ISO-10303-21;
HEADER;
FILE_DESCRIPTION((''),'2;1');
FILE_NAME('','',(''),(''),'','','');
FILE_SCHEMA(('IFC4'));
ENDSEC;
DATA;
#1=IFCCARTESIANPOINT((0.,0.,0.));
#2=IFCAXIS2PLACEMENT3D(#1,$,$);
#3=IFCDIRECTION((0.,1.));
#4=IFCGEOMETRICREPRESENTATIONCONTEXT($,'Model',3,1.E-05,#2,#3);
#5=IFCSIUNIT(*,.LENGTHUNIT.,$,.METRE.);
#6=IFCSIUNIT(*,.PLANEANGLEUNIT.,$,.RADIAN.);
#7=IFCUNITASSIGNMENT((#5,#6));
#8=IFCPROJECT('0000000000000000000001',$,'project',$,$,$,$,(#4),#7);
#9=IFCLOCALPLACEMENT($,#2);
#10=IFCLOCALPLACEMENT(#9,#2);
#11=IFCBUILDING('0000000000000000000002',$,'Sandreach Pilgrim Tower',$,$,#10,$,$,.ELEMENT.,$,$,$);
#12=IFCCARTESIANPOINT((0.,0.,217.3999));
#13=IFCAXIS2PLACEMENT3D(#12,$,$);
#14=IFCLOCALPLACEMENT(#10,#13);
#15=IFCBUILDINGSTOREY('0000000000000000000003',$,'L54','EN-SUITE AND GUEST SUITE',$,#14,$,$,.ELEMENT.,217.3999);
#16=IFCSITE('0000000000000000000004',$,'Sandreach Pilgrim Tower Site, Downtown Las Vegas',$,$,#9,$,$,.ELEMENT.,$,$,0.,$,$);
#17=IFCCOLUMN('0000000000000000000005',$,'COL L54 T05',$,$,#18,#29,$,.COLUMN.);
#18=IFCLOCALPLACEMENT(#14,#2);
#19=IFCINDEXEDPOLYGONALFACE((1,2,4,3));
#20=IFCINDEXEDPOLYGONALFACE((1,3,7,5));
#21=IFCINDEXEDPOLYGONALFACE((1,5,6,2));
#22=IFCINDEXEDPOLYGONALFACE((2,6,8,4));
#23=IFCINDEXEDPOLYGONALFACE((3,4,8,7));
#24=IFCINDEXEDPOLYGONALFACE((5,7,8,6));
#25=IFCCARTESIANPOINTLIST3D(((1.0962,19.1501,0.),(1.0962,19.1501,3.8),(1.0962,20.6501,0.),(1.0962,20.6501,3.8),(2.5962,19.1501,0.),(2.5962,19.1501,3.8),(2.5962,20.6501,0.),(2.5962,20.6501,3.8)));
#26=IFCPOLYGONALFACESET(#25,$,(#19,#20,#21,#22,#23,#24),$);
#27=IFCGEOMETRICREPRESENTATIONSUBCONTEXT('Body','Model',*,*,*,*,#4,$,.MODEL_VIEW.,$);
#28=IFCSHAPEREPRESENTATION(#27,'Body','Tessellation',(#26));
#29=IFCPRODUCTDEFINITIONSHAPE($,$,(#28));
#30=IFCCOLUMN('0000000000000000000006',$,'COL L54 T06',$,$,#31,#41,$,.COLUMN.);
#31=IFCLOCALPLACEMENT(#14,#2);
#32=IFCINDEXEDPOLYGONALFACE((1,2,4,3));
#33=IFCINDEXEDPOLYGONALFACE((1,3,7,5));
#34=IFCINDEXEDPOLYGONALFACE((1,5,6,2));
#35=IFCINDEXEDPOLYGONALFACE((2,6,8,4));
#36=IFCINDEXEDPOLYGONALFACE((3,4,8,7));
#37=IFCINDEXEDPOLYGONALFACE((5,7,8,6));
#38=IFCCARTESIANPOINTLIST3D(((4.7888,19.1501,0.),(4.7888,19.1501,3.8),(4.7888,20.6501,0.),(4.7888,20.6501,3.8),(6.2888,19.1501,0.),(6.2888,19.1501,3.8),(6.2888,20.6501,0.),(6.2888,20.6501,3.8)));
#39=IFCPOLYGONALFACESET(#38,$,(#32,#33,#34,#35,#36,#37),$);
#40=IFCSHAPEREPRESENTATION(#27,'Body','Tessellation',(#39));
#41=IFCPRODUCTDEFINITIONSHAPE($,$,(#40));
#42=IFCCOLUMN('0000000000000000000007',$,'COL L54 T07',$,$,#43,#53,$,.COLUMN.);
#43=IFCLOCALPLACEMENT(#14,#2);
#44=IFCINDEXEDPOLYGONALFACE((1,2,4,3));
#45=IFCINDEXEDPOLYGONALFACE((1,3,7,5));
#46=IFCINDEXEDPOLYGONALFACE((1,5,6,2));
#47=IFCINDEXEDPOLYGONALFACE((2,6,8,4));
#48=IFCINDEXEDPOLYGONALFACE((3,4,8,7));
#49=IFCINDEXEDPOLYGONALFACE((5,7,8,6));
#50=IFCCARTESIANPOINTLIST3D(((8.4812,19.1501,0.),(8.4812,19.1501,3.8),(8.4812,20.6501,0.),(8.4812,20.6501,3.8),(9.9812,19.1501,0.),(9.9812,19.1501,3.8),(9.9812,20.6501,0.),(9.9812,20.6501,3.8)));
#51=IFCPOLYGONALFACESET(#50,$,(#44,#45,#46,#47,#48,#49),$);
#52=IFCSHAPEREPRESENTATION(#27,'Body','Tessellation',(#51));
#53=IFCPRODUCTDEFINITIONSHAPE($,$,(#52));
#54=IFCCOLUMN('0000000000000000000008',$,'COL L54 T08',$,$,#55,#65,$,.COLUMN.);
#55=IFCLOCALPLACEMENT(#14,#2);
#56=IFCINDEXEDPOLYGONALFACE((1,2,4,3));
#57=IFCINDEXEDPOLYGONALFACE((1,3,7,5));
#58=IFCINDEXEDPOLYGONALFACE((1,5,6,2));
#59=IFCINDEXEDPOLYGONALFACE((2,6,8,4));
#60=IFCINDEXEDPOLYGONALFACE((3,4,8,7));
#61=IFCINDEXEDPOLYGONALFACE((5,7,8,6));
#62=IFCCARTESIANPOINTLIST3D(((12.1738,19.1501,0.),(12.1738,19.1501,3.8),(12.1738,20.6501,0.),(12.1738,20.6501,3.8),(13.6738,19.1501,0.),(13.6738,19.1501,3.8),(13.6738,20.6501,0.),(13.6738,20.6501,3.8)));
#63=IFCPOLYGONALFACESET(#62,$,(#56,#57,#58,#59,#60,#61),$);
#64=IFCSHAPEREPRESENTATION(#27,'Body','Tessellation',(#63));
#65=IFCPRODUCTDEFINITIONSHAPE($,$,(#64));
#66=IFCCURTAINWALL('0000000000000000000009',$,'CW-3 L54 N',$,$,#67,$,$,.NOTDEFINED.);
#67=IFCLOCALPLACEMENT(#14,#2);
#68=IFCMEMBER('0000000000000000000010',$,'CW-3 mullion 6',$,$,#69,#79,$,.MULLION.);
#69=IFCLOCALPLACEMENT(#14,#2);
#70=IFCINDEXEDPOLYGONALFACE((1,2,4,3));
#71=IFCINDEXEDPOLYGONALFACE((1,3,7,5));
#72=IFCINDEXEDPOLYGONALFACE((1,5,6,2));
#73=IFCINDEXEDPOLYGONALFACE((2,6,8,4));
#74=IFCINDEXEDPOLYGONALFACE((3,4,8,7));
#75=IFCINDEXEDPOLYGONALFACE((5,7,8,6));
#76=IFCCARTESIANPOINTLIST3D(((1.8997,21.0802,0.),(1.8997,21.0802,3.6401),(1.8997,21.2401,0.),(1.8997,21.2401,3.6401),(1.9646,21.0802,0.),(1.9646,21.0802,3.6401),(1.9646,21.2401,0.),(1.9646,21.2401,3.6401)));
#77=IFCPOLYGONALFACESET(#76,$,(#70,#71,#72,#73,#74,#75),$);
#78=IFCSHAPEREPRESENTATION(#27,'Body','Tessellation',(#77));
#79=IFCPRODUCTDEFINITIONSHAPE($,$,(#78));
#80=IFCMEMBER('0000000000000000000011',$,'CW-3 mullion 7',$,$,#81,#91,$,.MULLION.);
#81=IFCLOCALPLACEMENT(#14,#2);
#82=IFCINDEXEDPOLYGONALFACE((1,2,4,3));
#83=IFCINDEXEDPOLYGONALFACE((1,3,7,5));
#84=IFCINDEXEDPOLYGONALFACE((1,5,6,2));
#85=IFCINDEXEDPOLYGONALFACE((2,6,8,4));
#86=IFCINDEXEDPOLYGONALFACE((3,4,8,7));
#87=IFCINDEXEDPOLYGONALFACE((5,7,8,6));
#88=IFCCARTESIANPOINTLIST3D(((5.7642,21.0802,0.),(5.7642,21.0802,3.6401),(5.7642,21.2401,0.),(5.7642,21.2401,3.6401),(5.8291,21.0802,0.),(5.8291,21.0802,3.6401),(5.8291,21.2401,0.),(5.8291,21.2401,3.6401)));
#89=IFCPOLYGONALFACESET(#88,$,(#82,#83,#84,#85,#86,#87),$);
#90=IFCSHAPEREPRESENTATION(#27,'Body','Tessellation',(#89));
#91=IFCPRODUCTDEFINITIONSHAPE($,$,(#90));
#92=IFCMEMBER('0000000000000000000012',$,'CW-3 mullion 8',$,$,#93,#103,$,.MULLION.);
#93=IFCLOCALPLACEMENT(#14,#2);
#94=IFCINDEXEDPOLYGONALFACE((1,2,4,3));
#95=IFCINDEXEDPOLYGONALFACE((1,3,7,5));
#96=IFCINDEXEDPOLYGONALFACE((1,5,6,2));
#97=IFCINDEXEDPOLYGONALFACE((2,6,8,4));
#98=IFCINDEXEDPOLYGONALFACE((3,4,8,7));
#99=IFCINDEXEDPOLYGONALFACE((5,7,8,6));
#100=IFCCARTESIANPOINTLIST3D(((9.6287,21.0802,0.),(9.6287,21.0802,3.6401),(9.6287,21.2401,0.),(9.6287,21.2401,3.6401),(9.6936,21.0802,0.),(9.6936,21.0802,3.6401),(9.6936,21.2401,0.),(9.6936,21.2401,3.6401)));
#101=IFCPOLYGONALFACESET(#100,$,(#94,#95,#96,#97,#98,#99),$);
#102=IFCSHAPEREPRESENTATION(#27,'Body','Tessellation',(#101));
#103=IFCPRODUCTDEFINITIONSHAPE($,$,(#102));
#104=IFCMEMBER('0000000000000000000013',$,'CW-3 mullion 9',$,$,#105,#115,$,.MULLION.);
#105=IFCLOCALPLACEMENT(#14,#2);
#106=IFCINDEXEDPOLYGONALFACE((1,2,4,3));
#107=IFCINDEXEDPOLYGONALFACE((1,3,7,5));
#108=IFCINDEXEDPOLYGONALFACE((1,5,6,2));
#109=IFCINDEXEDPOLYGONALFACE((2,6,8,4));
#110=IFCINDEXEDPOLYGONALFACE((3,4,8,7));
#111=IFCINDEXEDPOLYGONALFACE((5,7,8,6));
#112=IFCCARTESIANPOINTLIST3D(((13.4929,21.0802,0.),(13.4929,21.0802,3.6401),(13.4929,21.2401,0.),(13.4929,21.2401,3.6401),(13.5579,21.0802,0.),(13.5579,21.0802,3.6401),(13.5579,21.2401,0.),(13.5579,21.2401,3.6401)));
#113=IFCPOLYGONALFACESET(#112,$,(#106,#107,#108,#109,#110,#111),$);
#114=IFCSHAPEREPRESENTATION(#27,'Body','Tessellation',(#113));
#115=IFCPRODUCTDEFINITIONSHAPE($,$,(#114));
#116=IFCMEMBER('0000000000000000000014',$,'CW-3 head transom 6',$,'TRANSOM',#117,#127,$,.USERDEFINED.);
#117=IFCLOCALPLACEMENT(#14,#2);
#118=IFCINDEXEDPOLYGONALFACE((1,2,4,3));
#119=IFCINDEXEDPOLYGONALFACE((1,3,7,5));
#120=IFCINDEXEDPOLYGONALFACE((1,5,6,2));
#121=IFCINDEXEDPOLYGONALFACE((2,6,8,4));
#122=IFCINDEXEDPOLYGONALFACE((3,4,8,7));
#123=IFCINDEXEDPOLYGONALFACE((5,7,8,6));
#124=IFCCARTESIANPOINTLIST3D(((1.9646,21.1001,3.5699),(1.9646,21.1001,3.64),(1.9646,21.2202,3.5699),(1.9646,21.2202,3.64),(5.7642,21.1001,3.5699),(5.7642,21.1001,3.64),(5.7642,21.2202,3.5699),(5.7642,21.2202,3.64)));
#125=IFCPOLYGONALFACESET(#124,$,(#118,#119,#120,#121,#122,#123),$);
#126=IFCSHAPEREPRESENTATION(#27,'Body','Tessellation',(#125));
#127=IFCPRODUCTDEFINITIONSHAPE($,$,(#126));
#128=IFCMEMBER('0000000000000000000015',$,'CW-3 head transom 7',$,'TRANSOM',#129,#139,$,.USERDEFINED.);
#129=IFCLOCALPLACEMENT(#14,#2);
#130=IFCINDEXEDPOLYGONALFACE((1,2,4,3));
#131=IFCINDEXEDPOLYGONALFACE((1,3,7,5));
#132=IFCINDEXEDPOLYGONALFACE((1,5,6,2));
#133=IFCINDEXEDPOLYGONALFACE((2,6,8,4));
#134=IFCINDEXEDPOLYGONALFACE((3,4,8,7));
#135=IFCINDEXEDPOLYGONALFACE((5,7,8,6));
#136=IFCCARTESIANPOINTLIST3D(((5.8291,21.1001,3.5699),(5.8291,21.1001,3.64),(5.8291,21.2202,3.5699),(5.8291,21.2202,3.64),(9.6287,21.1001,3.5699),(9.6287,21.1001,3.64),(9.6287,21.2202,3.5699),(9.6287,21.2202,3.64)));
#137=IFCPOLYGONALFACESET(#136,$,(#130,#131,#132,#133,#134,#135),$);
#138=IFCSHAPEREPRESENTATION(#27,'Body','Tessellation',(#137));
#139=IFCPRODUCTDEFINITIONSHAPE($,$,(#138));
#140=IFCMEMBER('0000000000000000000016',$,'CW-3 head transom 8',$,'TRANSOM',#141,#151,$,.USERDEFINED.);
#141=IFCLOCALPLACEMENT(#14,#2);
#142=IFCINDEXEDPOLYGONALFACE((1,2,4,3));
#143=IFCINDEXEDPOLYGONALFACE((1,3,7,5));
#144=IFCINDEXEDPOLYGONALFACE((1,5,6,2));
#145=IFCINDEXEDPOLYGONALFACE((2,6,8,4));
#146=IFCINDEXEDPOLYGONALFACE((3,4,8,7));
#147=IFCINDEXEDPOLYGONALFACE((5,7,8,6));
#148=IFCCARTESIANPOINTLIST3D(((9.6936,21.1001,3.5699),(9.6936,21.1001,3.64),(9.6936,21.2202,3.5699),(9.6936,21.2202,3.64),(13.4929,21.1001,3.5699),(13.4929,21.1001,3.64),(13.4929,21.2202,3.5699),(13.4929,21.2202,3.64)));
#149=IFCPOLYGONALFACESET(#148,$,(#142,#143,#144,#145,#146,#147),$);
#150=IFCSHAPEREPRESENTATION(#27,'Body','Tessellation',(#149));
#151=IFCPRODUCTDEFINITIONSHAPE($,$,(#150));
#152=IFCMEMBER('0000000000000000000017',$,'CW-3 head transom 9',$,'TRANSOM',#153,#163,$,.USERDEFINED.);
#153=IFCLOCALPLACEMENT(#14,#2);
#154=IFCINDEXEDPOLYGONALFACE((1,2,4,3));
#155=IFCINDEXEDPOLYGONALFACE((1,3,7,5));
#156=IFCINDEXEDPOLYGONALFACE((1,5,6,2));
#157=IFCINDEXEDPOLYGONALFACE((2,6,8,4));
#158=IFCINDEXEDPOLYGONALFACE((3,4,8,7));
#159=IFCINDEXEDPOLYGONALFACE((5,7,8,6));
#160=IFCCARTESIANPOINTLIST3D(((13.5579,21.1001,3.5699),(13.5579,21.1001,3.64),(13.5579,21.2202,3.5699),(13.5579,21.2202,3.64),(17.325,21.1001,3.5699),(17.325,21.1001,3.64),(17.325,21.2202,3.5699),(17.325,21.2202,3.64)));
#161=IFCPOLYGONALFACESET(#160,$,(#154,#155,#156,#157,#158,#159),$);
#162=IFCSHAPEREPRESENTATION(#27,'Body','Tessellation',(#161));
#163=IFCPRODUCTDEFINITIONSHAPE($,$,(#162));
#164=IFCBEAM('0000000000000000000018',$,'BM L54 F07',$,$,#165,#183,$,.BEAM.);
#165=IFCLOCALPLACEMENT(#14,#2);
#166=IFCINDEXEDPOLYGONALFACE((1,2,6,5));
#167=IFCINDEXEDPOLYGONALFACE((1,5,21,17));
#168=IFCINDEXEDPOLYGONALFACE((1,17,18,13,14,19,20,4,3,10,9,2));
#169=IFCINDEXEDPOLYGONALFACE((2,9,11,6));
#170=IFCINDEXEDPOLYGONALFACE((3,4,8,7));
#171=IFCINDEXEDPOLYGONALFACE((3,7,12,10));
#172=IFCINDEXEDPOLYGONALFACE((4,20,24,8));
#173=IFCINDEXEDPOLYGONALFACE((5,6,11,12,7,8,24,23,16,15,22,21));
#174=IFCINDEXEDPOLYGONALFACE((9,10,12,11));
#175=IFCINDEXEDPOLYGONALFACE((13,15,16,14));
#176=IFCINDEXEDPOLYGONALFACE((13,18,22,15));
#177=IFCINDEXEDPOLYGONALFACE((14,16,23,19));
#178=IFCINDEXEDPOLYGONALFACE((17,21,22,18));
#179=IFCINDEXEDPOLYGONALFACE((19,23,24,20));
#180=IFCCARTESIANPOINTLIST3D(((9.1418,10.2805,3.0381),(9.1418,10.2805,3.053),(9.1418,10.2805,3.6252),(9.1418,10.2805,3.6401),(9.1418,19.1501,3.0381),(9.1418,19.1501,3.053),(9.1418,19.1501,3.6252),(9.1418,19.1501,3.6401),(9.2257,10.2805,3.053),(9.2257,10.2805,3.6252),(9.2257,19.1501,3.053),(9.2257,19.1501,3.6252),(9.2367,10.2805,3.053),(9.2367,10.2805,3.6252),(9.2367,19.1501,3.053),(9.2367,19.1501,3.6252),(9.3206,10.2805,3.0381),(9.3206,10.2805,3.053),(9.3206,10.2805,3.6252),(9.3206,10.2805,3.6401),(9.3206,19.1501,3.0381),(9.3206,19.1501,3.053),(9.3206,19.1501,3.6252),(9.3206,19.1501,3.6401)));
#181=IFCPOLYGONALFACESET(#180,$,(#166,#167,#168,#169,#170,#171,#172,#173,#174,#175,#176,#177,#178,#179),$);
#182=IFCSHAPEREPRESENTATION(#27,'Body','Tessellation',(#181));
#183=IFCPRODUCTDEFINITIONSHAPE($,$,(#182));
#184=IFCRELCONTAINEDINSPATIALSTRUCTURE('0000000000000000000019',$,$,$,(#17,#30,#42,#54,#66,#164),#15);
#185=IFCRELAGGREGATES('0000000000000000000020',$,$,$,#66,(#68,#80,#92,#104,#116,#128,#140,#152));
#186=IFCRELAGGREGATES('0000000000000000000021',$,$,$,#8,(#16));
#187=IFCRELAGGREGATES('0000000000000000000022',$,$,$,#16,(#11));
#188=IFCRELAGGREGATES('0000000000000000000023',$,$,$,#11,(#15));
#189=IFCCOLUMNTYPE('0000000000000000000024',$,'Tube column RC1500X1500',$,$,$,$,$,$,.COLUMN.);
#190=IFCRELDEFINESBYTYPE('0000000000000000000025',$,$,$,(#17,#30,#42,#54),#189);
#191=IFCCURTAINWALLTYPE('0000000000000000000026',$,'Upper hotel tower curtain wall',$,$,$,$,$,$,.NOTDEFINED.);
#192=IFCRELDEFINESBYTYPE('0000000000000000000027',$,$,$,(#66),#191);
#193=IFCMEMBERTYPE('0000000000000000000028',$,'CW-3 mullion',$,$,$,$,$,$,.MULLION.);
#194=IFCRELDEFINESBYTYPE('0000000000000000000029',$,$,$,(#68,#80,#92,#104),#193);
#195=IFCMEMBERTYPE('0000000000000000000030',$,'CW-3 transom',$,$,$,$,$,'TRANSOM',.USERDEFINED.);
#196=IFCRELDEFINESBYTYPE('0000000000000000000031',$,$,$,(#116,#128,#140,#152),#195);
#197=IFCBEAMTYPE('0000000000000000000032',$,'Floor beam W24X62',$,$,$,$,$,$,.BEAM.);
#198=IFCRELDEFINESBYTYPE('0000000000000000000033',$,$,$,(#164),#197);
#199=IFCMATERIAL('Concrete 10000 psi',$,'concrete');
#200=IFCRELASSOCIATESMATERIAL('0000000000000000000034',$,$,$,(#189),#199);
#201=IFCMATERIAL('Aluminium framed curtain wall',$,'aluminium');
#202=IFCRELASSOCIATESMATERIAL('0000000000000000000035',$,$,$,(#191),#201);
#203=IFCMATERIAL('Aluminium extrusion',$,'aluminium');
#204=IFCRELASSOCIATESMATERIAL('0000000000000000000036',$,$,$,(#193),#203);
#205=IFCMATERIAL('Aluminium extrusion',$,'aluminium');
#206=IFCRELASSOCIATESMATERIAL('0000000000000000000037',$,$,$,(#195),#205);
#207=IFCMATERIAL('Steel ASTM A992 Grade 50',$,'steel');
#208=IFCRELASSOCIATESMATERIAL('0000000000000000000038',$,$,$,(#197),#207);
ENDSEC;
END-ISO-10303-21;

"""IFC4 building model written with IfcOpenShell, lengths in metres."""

from ifc_helpers import new_model, si_unit, direction, frame, origin, origin_2d, place, context, subcontext, project, spatial, rectangle, i_section, extrude, material, material_profile, profile_set, type_object, element, aggregate, save


model = new_model("IFC4")

# Units and contexts
model_context = context("Model", 3, precision=1e-05, world=origin(), true_north=direction((0.0, 1.0)))
body_context = subcontext(model_context, "Body", "Model", "MODEL_VIEW")
ifc_project = project(units=[si_unit("LENGTHUNIT", "METRE"), si_unit("PLANEANGLEUNIT", "RADIAN")], contexts=[model_context])

# Site, building, storey
site_placement = place(None, origin())
site = spatial("IfcSite", under=ifc_project, at=site_placement, Name="Sandreach Pilgrim Tower Site, Downtown Las Vegas", CompositionType="ELEMENT", RefElevation=0.0)
building_placement = place(site_placement, origin())
building = spatial("IfcBuilding", under=site, at=building_placement, Name="Sandreach Pilgrim Tower", CompositionType="ELEMENT")
storey_placement = place(building_placement, frame((0.0, 0.0, 217.3999)))
storey = spatial("IfcBuildingStorey", under=building, at=storey_placement, Name="L54", Description="EN-SUITE AND GUEST SUITE", CompositionType="ELEMENT", Elevation=217.3999)

# Columns
ifc_material_1 = material(Name="Concrete 10000 psi", Category="concrete")
ifc_material_profile_1 = material_profile(ifc_material_1, rectangle(XDim=1.5, YDim=1.5, at=origin_2d()), Name="RC1500X1500")
ifc_profile_set_1 = profile_set([ifc_material_profile_1], Name="Concrete 10000 psi")
column_type = type_object("IfcColumnType", Name="Tube column RC1500X1500", PredefinedType="COLUMN", material=ifc_profile_set_1)
for number, where, z_axis, x_axis, name in (
    (1, (1.8462, 19.9001, 0.0), (0.0, 0.0, 1.0), (0.0, 1.0, 0.0), "COL L54 T05"),
    (2, (5.5388, 19.9001, 0.0), (0.0, 0.0, 1.0), (0.0, 1.0, 0.0), "COL L54 T06"),
    (3, (9.2312, 19.9001, 0.0), (0.0, 0.0, 1.0), (0.0, 1.0, 0.0), "COL L54 T07"),
    (4, (12.9238, 19.9001, 0.0), (0.0, 0.0, 1.0), (0.0, 1.0, 0.0), "COL L54 T08"),
):
    element("IfcColumn", number, at=place(storey_placement, frame(where, z_axis=z_axis, x_axis=x_axis)), inside=storey, type_object=column_type, Name=name, PredefinedType="COLUMN", context=body_context, shape_type="SweptSolid", body=[
        extrude(rectangle(XDim=1.5, YDim=1.5, at=origin_2d()), origin(), (0.0, 0.0, 1.0), 3.8),
    ])

# Curtain wall, members
ifc_material_2 = material(Name="Aluminium framed curtain wall", Category="aluminium")
curtain_wall_type = type_object("IfcCurtainWallType", Name="Upper hotel tower curtain wall", PredefinedType="NOTDEFINED", material=ifc_material_2)
curtain_wall_placement = place(storey_placement, origin())
curtain_wall = element("IfcCurtainWall", 5, at=curtain_wall_placement, inside=storey, type_object=curtain_wall_type, Name="CW-3 L54 N", PredefinedType="NOTDEFINED")
ifc_material_3 = material(Name="Aluminium extrusion", Category="aluminium")
ifc_material_profile_2 = material_profile(ifc_material_3, rectangle(XDim=0.0649, YDim=0.1599, at=origin_2d()), Name="CW-3M 65X160")
ifc_profile_set_2 = profile_set([ifc_material_profile_2], Name="Aluminium extrusion")
member_type_1 = type_object("IfcMemberType", Name="CW-3 mullion", PredefinedType="MULLION", material=ifc_profile_set_2)
member_1_placement = place(storey_placement, frame((1.9321, 21.1602, 0.0), z_axis=(0.0, 0.0, 1.0), x_axis=(1.0, 0.0, 0.0)))
member_1 = element("IfcMember", 6, at=member_1_placement, type_object=member_type_1, Name="CW-3 mullion 6", PredefinedType="MULLION", context=body_context, shape_type="SweptSolid", body=[
    extrude(rectangle(XDim=0.0649, YDim=0.1599, at=origin_2d()), origin(), (0.0, 0.0, 1.0), 3.6401),
])
member_2_placement = place(storey_placement, frame((5.7966, 21.1602, 0.0), z_axis=(0.0, 0.0, 1.0), x_axis=(1.0, 0.0, 0.0)))
member_2 = element("IfcMember", 7, at=member_2_placement, type_object=member_type_1, Name="CW-3 mullion 7", PredefinedType="MULLION", context=body_context, shape_type="SweptSolid", body=[
    extrude(rectangle(XDim=0.0649, YDim=0.1599, at=origin_2d()), origin(), (0.0, 0.0, 1.0), 3.6401),
])
member_3_placement = place(storey_placement, frame((9.6611, 21.1602, 0.0), z_axis=(0.0, 0.0, 1.0), x_axis=(1.0, 0.0, 0.0)))
member_3 = element("IfcMember", 8, at=member_3_placement, type_object=member_type_1, Name="CW-3 mullion 8", PredefinedType="MULLION", context=body_context, shape_type="SweptSolid", body=[
    extrude(rectangle(XDim=0.0649, YDim=0.1599, at=origin_2d()), origin(), (0.0, 0.0, 1.0), 3.6401),
])
member_4_placement = place(storey_placement, frame((13.5254, 21.1602, 0.0), z_axis=(0.0, 0.0, 1.0), x_axis=(1.0, 0.0, 0.0)))
member_4 = element("IfcMember", 9, at=member_4_placement, type_object=member_type_1, Name="CW-3 mullion 9", PredefinedType="MULLION", context=body_context, shape_type="SweptSolid", body=[
    extrude(rectangle(XDim=0.0649, YDim=0.1599, at=origin_2d()), origin(), (0.0, 0.0, 1.0), 3.6401),
])
ifc_material_4 = material(Name="Aluminium extrusion", Category="aluminium")
ifc_material_profile_3 = material_profile(ifc_material_4, rectangle(XDim=0.1201, YDim=0.0701, at=origin_2d()), Name="CW-3T 120X70")
ifc_profile_set_3 = profile_set([ifc_material_profile_3], Name="Aluminium extrusion")
member_type_2 = type_object("IfcMemberType", Name="CW-3 transom", ElementType="TRANSOM", PredefinedType="USERDEFINED", material=ifc_profile_set_3)
member_5_placement = place(storey_placement, frame((1.9646, 21.1602, 3.605), z_axis=(1.0, 0.0, 0.0), x_axis=(0.0, 1.0, 0.0)))
member_5 = element("IfcMember", 10, at=member_5_placement, type_object=member_type_2, Name="CW-3 head transom 6", ObjectType="TRANSOM", PredefinedType="USERDEFINED", context=body_context, shape_type="SweptSolid", body=[
    extrude(rectangle(XDim=0.1201, YDim=0.0701, at=origin_2d()), origin(), (0.0, 0.0, 1.0), 3.7996),
])
member_6_placement = place(storey_placement, frame((5.8291, 21.1602, 3.605), z_axis=(1.0, 0.0, 0.0), x_axis=(0.0, 1.0, 0.0)))
member_6 = element("IfcMember", 11, at=member_6_placement, type_object=member_type_2, Name="CW-3 head transom 7", ObjectType="TRANSOM", PredefinedType="USERDEFINED", context=body_context, shape_type="SweptSolid", body=[
    extrude(rectangle(XDim=0.1201, YDim=0.0701, at=origin_2d()), origin(), (0.0, 0.0, 1.0), 3.7996),
])
member_7_placement = place(storey_placement, frame((9.6936, 21.1602, 3.605), z_axis=(1.0, 0.0, 0.0), x_axis=(0.0, 1.0, 0.0)))
member_7 = element("IfcMember", 12, at=member_7_placement, type_object=member_type_2, Name="CW-3 head transom 8", ObjectType="TRANSOM", PredefinedType="USERDEFINED", context=body_context, shape_type="SweptSolid", body=[
    extrude(rectangle(XDim=0.1201, YDim=0.0701, at=origin_2d()), origin(), (0.0, 0.0, 1.0), 3.7993),
])
member_8_placement = place(storey_placement, frame((13.5579, 21.1602, 3.605), z_axis=(1.0, 0.0, 0.0), x_axis=(0.0, 1.0, 0.0)))
member_8 = element("IfcMember", 13, at=member_8_placement, type_object=member_type_2, Name="CW-3 head transom 9", ObjectType="TRANSOM", PredefinedType="USERDEFINED", context=body_context, shape_type="SweptSolid", body=[
    extrude(rectangle(XDim=0.1201, YDim=0.0701, at=origin_2d()), origin(), (0.0, 0.0, 1.0), 3.7671),
])

# Beam
ifc_material_5 = material(Name="Steel ASTM A992 Grade 50", Category="steel")
ifc_material_profile_4 = material_profile(ifc_material_5, i_section(OverallWidth=0.1787, OverallDepth=0.6021, WebThickness=0.011, FlangeThickness=0.0149, at=origin_2d()), Name="W24X62")
ifc_profile_set_4 = profile_set([ifc_material_profile_4], Name="Steel ASTM A992 Grade 50")
beam_type_1 = type_object("IfcBeamType", Name="Floor beam W24X62", PredefinedType="BEAM", material=ifc_profile_set_4)
beam_1_placement = place(storey_placement, frame((9.2312, 19.1501, 3.3391), z_axis=(0.0, -1.0, 0.0), x_axis=(1.0, 0.0, 0.0)))
element("IfcBeam", 14, at=beam_1_placement, inside=storey, type_object=beam_type_1, Name="BM L54 F07", PredefinedType="BEAM", context=body_context, shape_type="SweptSolid", body=[
    extrude(i_section(OverallWidth=0.1787, OverallDepth=0.6021, WebThickness=0.011, FlangeThickness=0.0149, at=origin_2d()), origin(), (0.0, 0.0, 1.0), 8.8696),
])

aggregate(curtain_wall, [member_1, member_2, member_3, member_4, member_5, member_6, member_7, member_8])

save(model, "model.ifc")
